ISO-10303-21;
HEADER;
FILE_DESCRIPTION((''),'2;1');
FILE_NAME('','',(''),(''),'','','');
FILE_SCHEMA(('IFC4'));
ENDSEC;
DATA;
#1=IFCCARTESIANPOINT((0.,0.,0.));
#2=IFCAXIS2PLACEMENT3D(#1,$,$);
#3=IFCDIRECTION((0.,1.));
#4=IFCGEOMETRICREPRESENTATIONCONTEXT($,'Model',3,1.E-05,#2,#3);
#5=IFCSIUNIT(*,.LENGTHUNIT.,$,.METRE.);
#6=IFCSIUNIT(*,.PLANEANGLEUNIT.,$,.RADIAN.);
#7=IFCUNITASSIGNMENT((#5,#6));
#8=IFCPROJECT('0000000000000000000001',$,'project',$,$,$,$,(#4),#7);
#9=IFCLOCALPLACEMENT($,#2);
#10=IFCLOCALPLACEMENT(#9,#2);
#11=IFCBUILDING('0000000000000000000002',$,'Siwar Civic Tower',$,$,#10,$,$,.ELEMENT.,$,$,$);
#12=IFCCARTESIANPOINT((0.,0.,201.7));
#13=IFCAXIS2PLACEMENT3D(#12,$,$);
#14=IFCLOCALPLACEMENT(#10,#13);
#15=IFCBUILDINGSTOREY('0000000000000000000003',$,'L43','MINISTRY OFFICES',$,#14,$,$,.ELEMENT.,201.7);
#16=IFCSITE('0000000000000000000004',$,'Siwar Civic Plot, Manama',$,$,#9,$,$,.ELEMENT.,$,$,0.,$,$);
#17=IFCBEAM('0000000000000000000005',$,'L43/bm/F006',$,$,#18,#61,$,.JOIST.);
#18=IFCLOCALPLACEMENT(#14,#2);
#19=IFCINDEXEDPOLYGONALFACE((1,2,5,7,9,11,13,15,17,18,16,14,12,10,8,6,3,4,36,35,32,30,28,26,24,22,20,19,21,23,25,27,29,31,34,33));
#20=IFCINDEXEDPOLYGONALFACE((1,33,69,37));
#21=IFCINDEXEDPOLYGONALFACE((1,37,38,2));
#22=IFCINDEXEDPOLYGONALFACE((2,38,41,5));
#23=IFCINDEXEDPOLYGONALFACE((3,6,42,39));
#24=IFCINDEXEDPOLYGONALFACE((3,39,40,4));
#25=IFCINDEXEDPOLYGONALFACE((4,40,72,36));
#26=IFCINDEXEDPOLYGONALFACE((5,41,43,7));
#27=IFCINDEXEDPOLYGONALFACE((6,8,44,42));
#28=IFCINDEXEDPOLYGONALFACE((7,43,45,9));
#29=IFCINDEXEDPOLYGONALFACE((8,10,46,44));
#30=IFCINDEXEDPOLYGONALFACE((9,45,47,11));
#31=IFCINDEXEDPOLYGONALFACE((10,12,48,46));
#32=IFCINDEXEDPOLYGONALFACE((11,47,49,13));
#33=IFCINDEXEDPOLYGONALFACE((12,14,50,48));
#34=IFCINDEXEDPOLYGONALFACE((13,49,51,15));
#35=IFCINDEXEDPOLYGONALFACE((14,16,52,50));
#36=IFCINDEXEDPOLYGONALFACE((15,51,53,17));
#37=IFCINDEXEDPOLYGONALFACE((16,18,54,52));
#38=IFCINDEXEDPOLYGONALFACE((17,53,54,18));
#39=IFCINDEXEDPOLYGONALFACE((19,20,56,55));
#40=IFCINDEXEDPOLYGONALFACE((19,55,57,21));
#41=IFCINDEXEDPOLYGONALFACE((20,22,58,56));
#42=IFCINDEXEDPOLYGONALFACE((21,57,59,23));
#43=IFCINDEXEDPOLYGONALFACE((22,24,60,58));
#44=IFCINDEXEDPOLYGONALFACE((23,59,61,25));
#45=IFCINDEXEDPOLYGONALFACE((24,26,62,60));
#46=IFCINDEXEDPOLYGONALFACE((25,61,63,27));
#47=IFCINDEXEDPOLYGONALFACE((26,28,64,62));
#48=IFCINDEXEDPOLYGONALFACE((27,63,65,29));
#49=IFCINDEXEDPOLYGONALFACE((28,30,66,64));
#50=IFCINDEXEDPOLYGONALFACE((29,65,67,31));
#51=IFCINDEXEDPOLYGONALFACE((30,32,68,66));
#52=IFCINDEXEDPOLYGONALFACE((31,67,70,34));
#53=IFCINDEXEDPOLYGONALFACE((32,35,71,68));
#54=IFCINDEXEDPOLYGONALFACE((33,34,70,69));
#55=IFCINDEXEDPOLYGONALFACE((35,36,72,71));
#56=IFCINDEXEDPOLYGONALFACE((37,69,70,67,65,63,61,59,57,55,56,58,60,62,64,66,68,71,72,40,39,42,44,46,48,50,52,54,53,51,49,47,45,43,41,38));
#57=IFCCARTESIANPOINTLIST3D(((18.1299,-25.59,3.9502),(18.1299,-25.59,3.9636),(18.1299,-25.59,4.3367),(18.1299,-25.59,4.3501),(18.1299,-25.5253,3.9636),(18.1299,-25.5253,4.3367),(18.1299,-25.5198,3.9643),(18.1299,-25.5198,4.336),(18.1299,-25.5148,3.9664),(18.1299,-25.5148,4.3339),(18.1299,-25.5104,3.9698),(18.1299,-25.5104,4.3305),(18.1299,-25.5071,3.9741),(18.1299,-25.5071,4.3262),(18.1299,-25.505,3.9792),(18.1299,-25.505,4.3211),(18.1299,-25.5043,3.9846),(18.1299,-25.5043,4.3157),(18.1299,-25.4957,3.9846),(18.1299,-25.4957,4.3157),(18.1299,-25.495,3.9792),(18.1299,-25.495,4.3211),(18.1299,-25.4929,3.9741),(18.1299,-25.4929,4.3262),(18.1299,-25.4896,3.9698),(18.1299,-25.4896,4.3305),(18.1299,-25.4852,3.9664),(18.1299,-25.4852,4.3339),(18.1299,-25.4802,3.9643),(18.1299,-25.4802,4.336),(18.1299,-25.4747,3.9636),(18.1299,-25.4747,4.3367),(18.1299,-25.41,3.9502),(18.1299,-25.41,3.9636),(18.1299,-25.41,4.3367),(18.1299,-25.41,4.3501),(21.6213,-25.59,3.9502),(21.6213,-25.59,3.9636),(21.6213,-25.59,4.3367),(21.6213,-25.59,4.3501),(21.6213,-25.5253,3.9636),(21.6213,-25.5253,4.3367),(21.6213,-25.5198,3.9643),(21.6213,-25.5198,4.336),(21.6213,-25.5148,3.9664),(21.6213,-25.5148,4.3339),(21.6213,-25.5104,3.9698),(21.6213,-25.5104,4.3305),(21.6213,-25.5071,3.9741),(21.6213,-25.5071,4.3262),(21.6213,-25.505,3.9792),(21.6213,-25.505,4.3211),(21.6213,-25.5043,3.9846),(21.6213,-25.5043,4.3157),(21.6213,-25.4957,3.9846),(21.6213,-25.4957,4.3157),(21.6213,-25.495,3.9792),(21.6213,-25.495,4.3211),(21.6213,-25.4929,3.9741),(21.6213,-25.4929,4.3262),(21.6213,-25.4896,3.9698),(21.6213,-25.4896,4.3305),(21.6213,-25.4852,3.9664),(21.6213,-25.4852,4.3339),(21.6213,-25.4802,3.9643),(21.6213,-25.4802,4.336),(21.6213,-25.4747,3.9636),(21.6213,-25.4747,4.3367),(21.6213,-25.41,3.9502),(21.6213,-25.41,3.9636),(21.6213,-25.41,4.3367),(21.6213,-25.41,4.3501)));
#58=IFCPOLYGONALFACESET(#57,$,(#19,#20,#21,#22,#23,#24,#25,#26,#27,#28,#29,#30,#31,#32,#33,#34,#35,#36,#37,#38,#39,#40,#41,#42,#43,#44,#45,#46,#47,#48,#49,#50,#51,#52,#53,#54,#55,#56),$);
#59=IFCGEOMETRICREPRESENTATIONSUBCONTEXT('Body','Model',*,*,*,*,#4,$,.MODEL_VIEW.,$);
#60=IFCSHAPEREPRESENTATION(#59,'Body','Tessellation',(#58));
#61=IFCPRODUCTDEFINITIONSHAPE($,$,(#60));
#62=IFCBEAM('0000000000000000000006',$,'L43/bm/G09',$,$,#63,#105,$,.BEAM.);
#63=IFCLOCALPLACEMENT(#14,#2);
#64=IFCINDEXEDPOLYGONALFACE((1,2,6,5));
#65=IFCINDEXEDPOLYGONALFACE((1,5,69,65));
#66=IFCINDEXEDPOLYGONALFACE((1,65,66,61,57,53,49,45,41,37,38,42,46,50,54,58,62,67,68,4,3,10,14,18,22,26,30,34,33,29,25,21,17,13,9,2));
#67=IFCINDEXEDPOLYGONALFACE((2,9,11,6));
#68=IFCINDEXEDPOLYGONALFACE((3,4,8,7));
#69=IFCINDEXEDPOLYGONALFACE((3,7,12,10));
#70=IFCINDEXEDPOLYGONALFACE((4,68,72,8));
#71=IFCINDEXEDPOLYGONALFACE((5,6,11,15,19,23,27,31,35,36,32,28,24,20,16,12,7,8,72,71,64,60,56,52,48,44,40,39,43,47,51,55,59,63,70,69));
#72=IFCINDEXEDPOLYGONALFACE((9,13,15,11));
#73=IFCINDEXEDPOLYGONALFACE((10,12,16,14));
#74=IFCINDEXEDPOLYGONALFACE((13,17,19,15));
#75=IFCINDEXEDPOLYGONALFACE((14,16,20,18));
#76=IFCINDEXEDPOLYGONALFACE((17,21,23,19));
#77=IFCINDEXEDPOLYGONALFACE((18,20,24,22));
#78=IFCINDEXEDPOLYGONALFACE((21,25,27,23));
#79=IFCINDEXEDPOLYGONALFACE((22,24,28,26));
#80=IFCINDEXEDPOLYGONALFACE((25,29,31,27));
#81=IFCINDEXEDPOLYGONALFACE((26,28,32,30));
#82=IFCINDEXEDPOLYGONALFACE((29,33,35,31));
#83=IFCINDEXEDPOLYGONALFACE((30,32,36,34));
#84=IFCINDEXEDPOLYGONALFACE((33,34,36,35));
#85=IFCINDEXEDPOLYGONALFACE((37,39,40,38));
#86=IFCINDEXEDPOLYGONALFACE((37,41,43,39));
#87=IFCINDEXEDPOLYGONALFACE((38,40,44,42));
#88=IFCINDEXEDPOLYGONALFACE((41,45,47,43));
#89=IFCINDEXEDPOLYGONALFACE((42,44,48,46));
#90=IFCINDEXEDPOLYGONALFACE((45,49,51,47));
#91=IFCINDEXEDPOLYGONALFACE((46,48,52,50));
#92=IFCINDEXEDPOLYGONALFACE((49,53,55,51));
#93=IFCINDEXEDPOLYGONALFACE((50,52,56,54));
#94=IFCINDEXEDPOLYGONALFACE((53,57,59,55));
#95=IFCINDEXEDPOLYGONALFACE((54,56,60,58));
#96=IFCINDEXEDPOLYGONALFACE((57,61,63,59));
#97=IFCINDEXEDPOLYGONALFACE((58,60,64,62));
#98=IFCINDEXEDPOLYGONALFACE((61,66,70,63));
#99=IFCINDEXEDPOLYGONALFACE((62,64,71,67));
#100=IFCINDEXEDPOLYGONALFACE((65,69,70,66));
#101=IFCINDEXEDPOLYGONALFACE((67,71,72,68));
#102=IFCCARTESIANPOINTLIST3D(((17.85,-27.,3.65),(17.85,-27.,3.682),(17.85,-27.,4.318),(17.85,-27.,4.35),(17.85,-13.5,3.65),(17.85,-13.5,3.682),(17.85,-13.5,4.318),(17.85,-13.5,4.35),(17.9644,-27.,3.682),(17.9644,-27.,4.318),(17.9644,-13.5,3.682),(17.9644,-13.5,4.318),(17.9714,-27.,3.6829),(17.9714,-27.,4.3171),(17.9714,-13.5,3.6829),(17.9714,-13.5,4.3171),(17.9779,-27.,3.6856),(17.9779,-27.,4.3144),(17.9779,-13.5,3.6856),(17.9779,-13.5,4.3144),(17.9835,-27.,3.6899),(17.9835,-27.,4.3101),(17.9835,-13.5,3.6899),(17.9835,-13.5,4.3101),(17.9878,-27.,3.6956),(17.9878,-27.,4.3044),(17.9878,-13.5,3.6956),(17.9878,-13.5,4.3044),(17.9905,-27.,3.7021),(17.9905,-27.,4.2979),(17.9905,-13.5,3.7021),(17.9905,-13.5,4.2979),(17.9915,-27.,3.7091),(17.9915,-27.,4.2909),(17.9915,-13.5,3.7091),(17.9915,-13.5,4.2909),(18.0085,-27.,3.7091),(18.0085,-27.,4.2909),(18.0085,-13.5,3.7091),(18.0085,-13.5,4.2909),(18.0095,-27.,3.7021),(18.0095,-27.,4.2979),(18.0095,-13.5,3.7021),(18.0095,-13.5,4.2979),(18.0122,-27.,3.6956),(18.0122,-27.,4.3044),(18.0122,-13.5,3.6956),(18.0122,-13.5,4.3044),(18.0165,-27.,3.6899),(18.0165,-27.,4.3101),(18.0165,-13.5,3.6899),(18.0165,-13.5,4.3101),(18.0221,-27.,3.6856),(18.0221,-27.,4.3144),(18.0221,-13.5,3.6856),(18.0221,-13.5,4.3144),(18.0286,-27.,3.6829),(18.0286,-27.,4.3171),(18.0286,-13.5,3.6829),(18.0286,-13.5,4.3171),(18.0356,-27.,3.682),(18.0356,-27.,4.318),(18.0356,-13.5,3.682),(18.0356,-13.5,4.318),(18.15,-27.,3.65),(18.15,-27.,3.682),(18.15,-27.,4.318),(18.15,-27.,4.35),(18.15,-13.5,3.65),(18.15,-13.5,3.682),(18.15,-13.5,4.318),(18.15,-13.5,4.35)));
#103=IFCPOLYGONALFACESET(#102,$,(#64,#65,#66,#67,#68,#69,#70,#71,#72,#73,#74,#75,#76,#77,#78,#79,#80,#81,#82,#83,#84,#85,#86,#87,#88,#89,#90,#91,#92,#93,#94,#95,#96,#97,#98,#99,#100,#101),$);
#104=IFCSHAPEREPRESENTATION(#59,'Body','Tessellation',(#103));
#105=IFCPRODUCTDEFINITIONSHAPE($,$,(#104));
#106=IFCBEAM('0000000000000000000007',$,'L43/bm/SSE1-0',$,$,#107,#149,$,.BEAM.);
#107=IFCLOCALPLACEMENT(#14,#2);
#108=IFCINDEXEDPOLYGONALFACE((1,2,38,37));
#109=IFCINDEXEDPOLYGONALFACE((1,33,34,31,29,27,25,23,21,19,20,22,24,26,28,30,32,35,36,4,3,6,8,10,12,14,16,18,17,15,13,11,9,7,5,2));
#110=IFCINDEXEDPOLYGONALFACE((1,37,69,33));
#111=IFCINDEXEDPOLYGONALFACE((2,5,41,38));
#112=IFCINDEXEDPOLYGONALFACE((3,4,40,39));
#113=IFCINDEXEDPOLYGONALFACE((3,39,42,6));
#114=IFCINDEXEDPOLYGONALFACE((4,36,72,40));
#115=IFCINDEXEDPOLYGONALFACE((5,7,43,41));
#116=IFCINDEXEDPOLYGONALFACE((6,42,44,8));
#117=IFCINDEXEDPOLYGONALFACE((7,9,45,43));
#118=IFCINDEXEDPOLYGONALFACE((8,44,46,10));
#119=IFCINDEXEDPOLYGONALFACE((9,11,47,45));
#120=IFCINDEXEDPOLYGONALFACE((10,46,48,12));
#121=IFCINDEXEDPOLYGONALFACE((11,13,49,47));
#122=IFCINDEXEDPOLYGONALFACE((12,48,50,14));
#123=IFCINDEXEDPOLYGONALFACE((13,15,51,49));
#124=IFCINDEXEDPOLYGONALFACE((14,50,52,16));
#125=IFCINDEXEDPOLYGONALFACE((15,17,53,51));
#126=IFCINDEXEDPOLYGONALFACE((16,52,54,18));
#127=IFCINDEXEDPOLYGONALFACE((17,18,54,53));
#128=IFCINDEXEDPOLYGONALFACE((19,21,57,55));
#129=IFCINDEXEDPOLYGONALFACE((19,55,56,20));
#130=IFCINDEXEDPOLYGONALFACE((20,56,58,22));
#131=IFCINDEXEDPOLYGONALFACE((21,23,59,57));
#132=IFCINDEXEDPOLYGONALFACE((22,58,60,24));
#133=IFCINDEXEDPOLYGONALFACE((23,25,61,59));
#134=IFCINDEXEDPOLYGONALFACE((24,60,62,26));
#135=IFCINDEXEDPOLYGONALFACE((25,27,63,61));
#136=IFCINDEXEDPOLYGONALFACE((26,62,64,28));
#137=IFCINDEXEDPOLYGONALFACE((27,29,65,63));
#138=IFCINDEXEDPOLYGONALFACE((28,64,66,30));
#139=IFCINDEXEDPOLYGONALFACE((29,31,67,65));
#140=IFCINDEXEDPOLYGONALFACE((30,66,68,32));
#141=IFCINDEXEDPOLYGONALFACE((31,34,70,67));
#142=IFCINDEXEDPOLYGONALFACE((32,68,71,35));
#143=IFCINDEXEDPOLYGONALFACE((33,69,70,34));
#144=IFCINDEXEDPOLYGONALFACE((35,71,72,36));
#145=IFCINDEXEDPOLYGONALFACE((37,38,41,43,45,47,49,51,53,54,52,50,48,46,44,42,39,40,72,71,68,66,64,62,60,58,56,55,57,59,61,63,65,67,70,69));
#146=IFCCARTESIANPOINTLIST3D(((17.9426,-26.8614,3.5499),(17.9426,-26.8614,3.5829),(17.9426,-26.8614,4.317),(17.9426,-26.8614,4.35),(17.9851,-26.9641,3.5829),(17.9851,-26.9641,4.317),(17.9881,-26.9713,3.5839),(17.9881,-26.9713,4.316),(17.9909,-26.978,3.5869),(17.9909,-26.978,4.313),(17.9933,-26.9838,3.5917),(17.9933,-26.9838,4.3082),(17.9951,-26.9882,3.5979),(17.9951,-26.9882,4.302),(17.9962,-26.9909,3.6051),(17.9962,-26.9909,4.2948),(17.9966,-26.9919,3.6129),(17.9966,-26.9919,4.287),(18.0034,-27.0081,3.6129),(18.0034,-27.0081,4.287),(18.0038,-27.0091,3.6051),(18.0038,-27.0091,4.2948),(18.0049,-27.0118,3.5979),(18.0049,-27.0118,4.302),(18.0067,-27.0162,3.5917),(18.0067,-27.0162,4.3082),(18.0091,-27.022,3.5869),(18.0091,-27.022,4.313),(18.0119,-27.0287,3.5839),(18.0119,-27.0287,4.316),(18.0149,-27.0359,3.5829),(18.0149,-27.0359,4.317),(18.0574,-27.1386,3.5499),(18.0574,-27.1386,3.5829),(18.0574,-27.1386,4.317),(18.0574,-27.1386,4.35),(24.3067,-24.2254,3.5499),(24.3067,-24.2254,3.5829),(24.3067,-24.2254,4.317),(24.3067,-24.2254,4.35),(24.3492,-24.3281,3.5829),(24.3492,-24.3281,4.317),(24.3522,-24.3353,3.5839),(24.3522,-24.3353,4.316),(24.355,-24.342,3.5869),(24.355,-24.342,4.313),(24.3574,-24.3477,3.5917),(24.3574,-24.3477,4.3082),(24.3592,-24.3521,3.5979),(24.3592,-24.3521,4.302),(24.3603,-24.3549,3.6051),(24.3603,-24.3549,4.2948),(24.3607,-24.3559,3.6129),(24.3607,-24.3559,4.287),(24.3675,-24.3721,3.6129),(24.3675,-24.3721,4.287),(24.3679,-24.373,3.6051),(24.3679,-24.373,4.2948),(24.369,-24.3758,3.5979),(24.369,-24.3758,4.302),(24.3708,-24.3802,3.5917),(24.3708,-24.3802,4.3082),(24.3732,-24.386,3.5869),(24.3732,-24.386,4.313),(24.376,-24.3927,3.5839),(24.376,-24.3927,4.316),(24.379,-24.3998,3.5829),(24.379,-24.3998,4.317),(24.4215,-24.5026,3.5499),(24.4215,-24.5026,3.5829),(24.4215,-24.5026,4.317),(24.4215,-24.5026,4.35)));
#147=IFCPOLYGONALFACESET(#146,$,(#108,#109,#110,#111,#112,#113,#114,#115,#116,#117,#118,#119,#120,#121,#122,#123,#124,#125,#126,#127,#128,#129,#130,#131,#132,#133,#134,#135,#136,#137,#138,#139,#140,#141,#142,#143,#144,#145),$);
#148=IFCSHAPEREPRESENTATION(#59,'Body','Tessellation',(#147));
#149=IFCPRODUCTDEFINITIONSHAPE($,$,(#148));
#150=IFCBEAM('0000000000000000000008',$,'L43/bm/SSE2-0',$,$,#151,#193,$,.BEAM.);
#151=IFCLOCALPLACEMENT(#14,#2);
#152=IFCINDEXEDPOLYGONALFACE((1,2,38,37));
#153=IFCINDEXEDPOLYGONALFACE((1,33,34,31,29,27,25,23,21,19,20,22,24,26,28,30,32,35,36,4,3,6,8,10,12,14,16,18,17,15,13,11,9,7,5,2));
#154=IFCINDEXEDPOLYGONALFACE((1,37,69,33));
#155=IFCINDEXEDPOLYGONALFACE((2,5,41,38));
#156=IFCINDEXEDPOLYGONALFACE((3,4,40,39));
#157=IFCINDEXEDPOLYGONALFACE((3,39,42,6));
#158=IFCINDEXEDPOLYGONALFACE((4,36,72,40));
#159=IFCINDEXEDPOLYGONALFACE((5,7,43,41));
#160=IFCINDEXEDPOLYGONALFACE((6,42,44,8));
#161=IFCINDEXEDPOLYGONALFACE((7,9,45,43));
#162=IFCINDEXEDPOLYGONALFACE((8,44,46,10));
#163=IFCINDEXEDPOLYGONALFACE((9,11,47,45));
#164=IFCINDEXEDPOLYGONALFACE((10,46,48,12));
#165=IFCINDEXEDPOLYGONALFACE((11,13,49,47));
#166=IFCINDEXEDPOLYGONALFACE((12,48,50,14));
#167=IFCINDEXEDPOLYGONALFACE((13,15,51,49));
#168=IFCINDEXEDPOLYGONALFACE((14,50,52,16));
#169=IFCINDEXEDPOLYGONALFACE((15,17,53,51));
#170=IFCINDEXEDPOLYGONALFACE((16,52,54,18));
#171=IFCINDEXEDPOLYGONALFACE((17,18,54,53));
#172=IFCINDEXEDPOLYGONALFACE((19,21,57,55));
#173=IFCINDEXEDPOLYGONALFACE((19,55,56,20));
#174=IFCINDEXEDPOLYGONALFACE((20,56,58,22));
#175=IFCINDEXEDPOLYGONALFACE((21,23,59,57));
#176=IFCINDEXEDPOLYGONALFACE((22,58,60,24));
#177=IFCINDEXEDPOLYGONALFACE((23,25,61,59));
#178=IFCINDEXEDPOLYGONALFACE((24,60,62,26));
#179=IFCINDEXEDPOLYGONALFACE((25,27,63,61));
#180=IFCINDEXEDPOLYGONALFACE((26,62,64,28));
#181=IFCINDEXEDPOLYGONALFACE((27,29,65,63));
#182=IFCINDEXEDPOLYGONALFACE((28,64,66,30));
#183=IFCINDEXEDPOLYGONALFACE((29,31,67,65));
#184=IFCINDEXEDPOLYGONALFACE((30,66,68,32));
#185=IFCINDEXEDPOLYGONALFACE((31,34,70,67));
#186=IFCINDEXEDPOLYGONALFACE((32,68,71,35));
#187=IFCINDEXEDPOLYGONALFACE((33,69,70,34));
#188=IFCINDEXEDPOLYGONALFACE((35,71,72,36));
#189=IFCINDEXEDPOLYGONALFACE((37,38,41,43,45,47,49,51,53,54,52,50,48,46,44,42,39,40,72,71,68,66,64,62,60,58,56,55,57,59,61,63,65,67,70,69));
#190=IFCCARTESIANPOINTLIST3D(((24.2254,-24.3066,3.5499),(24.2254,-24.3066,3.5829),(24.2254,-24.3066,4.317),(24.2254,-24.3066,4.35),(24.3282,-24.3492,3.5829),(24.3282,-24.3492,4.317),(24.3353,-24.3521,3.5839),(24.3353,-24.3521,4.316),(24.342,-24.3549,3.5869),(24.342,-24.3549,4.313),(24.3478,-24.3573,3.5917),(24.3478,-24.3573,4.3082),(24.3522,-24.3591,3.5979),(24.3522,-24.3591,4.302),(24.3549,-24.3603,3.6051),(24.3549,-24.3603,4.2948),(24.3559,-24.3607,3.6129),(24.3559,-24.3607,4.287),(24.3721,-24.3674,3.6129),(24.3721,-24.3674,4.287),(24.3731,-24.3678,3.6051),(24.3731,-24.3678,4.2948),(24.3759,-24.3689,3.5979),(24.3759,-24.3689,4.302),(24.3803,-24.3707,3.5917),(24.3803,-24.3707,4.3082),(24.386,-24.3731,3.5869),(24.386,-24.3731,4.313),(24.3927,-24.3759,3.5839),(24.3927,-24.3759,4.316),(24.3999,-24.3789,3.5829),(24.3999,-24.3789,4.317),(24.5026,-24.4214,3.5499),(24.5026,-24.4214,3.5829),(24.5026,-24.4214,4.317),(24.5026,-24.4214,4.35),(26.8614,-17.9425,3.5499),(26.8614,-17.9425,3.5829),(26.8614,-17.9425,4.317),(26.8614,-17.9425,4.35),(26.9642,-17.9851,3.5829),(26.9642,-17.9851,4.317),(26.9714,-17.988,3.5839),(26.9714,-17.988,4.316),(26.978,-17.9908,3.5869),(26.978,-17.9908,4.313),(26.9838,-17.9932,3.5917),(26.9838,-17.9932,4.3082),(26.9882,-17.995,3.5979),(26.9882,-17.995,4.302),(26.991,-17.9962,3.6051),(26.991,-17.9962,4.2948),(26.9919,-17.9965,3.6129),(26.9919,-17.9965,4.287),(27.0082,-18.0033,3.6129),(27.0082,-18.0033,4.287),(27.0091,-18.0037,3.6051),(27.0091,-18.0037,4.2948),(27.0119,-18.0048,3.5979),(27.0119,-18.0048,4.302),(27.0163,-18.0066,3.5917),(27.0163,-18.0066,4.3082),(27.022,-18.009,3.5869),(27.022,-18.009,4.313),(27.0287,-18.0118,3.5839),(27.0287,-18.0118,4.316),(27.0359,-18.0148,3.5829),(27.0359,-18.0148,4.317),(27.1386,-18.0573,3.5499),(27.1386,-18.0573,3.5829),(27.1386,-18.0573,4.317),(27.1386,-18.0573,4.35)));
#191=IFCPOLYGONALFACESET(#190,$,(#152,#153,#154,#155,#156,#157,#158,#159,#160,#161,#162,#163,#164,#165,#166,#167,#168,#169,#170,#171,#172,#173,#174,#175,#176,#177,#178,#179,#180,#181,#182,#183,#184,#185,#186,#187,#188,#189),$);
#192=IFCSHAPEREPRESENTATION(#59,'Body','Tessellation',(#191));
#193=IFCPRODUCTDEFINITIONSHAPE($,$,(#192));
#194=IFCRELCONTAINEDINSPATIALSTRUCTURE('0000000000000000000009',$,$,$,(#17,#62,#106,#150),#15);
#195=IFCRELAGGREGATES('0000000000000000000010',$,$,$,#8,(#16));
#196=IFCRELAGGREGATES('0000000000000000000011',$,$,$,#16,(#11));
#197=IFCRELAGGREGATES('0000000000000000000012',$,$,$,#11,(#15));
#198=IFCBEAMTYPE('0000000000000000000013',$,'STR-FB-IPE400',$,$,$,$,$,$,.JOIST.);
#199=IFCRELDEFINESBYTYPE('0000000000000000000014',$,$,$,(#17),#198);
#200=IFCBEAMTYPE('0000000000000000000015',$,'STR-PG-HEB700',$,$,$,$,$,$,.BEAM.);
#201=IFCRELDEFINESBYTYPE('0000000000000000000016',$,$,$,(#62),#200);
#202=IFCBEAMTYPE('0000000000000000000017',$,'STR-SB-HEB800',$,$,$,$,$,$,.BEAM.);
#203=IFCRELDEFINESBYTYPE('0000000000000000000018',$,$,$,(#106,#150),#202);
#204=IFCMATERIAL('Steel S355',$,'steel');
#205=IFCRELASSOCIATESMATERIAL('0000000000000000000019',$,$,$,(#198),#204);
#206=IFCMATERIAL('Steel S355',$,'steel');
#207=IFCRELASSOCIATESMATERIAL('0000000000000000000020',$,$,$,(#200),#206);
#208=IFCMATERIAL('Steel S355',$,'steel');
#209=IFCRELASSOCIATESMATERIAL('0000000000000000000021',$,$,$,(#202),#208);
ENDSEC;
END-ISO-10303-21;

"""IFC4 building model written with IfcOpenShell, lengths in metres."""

from ifc_helpers import new_model, si_unit, direction, frame, origin, origin_2d, place, context, subcontext, project, spatial, i_section, extrude, material, material_profile, profile_set, type_object, element, save


model = new_model("IFC4")

# Units and contexts
model_context = context("Model", 3, precision=1e-05, world=origin(), true_north=direction((0.0, 1.0)))
body_context = subcontext(model_context, "Body", "Model", "MODEL_VIEW")
ifc_project = project(units=[si_unit("LENGTHUNIT", "METRE"), si_unit("PLANEANGLEUNIT", "RADIAN")], contexts=[model_context])

# Site, building, storey
site_placement = place(None, origin())
site = spatial("IfcSite", under=ifc_project, at=site_placement, Name="Siwar Civic Plot, Manama", CompositionType="ELEMENT", RefElevation=0.0)
building_placement = place(site_placement, origin())
building = spatial("IfcBuilding", under=site, at=building_placement, Name="Siwar Civic Tower", CompositionType="ELEMENT")
storey_placement = place(building_placement, frame((0.0, 0.0, 201.7)))
storey = spatial("IfcBuildingStorey", under=building, at=storey_placement, Name="L43", Description="MINISTRY OFFICES", CompositionType="ELEMENT", Elevation=201.7)

# Beams
ifc_material_1 = material(Name="Steel S355", Category="steel")
ifc_material_profile_1 = material_profile(ifc_material_1, i_section(OverallWidth=0.1799, OverallDepth=0.3999, WebThickness=0.0085, FlangeThickness=0.0134, FilletRadius=0.021, at=origin_2d()), Name="IPE400")
ifc_profile_set_1 = profile_set([ifc_material_profile_1], Name="Steel S355")
beam_type_1 = type_object("IfcBeamType", Name="STR-FB-IPE400", PredefinedType="JOIST", material=ifc_profile_set_1)
beam_1_placement = place(storey_placement, frame((18.1299, -25.5, 4.1501), z_axis=(1.0, 0.0, 0.0), x_axis=(0.0, 1.0, 0.0)))
element("IfcBeam", 1, at=beam_1_placement, inside=storey, type_object=beam_type_1, Name="L43/bm/F006", PredefinedType="JOIST", context=body_context, shape_type="SweptSolid", body=[
    extrude(i_section(OverallWidth=0.1799, OverallDepth=0.3999, WebThickness=0.0085, FlangeThickness=0.0134, FilletRadius=0.021, at=origin_2d()), origin(), (0.0, 0.0, 1.0), 3.4915),
])
ifc_material_2 = material(Name="Steel S355", Category="steel")
ifc_material_profile_2 = material_profile(ifc_material_2, i_section(OverallWidth=0.3, OverallDepth=0.7, WebThickness=0.0171, FlangeThickness=0.032, FilletRadius=0.0271, at=origin_2d()), Name="HEB700")
ifc_profile_set_2 = profile_set([ifc_material_profile_2], Name="Steel S355")
beam_type_2 = type_object("IfcBeamType", Name="STR-PG-HEB700", PredefinedType="BEAM", material=ifc_profile_set_2)
beam_2_placement = place(storey_placement, frame((18.0, -27.0, 4.0), z_axis=(0.0, 1.0, 0.0), x_axis=(-1.0, 0.0, 0.0)))
element("IfcBeam", 2, at=beam_2_placement, inside=storey, type_object=beam_type_2, Name="L43/bm/G09", PredefinedType="BEAM", context=body_context, shape_type="SweptSolid", body=[
    extrude(i_section(OverallWidth=0.3, OverallDepth=0.7, WebThickness=0.0171, FlangeThickness=0.032, FilletRadius=0.0271, at=origin_2d()), origin(), (0.0, 0.0, 1.0), 13.5),
])
ifc_material_3 = material(Name="Steel S355", Category="steel")
ifc_material_profile_3 = material_profile(ifc_material_3, i_section(OverallWidth=0.3, OverallDepth=0.8, WebThickness=0.0176, FlangeThickness=0.033, FilletRadius=0.03, at=origin_2d()), Name="HEB800")
ifc_profile_set_3 = profile_set([ifc_material_profile_3], Name="Steel S355")
beam_type_3 = type_object("IfcBeamType", Name="STR-SB-HEB800", PredefinedType="BEAM", material=ifc_profile_set_3)
for number, where, z_axis, x_axis, name in (
    (3, (18.0, -27.0, 3.95), (0.923883, 0.382674, 0.0), (-0.382674, 0.923883, 0.0), "L43/bm/SSE1-0"),
    (4, (24.364, -24.364, 3.95), (0.382674, 0.923883, 0.0), (-0.923883, 0.382674, 0.0), "L43/bm/SSE2-0"),
):
    element("IfcBeam", number, at=place(storey_placement, frame(where, z_axis=z_axis, x_axis=x_axis)), inside=storey, type_object=beam_type_3, Name=name, PredefinedType="BEAM", context=body_context, shape_type="SweptSolid", body=[
        extrude(i_section(OverallWidth=0.3, OverallDepth=0.8, WebThickness=0.0176, FlangeThickness=0.033, FilletRadius=0.03, at=origin_2d()), origin(), (0.0, 0.0, 1.0), 6.8884),
    ])

save(model, "model.ifc")
